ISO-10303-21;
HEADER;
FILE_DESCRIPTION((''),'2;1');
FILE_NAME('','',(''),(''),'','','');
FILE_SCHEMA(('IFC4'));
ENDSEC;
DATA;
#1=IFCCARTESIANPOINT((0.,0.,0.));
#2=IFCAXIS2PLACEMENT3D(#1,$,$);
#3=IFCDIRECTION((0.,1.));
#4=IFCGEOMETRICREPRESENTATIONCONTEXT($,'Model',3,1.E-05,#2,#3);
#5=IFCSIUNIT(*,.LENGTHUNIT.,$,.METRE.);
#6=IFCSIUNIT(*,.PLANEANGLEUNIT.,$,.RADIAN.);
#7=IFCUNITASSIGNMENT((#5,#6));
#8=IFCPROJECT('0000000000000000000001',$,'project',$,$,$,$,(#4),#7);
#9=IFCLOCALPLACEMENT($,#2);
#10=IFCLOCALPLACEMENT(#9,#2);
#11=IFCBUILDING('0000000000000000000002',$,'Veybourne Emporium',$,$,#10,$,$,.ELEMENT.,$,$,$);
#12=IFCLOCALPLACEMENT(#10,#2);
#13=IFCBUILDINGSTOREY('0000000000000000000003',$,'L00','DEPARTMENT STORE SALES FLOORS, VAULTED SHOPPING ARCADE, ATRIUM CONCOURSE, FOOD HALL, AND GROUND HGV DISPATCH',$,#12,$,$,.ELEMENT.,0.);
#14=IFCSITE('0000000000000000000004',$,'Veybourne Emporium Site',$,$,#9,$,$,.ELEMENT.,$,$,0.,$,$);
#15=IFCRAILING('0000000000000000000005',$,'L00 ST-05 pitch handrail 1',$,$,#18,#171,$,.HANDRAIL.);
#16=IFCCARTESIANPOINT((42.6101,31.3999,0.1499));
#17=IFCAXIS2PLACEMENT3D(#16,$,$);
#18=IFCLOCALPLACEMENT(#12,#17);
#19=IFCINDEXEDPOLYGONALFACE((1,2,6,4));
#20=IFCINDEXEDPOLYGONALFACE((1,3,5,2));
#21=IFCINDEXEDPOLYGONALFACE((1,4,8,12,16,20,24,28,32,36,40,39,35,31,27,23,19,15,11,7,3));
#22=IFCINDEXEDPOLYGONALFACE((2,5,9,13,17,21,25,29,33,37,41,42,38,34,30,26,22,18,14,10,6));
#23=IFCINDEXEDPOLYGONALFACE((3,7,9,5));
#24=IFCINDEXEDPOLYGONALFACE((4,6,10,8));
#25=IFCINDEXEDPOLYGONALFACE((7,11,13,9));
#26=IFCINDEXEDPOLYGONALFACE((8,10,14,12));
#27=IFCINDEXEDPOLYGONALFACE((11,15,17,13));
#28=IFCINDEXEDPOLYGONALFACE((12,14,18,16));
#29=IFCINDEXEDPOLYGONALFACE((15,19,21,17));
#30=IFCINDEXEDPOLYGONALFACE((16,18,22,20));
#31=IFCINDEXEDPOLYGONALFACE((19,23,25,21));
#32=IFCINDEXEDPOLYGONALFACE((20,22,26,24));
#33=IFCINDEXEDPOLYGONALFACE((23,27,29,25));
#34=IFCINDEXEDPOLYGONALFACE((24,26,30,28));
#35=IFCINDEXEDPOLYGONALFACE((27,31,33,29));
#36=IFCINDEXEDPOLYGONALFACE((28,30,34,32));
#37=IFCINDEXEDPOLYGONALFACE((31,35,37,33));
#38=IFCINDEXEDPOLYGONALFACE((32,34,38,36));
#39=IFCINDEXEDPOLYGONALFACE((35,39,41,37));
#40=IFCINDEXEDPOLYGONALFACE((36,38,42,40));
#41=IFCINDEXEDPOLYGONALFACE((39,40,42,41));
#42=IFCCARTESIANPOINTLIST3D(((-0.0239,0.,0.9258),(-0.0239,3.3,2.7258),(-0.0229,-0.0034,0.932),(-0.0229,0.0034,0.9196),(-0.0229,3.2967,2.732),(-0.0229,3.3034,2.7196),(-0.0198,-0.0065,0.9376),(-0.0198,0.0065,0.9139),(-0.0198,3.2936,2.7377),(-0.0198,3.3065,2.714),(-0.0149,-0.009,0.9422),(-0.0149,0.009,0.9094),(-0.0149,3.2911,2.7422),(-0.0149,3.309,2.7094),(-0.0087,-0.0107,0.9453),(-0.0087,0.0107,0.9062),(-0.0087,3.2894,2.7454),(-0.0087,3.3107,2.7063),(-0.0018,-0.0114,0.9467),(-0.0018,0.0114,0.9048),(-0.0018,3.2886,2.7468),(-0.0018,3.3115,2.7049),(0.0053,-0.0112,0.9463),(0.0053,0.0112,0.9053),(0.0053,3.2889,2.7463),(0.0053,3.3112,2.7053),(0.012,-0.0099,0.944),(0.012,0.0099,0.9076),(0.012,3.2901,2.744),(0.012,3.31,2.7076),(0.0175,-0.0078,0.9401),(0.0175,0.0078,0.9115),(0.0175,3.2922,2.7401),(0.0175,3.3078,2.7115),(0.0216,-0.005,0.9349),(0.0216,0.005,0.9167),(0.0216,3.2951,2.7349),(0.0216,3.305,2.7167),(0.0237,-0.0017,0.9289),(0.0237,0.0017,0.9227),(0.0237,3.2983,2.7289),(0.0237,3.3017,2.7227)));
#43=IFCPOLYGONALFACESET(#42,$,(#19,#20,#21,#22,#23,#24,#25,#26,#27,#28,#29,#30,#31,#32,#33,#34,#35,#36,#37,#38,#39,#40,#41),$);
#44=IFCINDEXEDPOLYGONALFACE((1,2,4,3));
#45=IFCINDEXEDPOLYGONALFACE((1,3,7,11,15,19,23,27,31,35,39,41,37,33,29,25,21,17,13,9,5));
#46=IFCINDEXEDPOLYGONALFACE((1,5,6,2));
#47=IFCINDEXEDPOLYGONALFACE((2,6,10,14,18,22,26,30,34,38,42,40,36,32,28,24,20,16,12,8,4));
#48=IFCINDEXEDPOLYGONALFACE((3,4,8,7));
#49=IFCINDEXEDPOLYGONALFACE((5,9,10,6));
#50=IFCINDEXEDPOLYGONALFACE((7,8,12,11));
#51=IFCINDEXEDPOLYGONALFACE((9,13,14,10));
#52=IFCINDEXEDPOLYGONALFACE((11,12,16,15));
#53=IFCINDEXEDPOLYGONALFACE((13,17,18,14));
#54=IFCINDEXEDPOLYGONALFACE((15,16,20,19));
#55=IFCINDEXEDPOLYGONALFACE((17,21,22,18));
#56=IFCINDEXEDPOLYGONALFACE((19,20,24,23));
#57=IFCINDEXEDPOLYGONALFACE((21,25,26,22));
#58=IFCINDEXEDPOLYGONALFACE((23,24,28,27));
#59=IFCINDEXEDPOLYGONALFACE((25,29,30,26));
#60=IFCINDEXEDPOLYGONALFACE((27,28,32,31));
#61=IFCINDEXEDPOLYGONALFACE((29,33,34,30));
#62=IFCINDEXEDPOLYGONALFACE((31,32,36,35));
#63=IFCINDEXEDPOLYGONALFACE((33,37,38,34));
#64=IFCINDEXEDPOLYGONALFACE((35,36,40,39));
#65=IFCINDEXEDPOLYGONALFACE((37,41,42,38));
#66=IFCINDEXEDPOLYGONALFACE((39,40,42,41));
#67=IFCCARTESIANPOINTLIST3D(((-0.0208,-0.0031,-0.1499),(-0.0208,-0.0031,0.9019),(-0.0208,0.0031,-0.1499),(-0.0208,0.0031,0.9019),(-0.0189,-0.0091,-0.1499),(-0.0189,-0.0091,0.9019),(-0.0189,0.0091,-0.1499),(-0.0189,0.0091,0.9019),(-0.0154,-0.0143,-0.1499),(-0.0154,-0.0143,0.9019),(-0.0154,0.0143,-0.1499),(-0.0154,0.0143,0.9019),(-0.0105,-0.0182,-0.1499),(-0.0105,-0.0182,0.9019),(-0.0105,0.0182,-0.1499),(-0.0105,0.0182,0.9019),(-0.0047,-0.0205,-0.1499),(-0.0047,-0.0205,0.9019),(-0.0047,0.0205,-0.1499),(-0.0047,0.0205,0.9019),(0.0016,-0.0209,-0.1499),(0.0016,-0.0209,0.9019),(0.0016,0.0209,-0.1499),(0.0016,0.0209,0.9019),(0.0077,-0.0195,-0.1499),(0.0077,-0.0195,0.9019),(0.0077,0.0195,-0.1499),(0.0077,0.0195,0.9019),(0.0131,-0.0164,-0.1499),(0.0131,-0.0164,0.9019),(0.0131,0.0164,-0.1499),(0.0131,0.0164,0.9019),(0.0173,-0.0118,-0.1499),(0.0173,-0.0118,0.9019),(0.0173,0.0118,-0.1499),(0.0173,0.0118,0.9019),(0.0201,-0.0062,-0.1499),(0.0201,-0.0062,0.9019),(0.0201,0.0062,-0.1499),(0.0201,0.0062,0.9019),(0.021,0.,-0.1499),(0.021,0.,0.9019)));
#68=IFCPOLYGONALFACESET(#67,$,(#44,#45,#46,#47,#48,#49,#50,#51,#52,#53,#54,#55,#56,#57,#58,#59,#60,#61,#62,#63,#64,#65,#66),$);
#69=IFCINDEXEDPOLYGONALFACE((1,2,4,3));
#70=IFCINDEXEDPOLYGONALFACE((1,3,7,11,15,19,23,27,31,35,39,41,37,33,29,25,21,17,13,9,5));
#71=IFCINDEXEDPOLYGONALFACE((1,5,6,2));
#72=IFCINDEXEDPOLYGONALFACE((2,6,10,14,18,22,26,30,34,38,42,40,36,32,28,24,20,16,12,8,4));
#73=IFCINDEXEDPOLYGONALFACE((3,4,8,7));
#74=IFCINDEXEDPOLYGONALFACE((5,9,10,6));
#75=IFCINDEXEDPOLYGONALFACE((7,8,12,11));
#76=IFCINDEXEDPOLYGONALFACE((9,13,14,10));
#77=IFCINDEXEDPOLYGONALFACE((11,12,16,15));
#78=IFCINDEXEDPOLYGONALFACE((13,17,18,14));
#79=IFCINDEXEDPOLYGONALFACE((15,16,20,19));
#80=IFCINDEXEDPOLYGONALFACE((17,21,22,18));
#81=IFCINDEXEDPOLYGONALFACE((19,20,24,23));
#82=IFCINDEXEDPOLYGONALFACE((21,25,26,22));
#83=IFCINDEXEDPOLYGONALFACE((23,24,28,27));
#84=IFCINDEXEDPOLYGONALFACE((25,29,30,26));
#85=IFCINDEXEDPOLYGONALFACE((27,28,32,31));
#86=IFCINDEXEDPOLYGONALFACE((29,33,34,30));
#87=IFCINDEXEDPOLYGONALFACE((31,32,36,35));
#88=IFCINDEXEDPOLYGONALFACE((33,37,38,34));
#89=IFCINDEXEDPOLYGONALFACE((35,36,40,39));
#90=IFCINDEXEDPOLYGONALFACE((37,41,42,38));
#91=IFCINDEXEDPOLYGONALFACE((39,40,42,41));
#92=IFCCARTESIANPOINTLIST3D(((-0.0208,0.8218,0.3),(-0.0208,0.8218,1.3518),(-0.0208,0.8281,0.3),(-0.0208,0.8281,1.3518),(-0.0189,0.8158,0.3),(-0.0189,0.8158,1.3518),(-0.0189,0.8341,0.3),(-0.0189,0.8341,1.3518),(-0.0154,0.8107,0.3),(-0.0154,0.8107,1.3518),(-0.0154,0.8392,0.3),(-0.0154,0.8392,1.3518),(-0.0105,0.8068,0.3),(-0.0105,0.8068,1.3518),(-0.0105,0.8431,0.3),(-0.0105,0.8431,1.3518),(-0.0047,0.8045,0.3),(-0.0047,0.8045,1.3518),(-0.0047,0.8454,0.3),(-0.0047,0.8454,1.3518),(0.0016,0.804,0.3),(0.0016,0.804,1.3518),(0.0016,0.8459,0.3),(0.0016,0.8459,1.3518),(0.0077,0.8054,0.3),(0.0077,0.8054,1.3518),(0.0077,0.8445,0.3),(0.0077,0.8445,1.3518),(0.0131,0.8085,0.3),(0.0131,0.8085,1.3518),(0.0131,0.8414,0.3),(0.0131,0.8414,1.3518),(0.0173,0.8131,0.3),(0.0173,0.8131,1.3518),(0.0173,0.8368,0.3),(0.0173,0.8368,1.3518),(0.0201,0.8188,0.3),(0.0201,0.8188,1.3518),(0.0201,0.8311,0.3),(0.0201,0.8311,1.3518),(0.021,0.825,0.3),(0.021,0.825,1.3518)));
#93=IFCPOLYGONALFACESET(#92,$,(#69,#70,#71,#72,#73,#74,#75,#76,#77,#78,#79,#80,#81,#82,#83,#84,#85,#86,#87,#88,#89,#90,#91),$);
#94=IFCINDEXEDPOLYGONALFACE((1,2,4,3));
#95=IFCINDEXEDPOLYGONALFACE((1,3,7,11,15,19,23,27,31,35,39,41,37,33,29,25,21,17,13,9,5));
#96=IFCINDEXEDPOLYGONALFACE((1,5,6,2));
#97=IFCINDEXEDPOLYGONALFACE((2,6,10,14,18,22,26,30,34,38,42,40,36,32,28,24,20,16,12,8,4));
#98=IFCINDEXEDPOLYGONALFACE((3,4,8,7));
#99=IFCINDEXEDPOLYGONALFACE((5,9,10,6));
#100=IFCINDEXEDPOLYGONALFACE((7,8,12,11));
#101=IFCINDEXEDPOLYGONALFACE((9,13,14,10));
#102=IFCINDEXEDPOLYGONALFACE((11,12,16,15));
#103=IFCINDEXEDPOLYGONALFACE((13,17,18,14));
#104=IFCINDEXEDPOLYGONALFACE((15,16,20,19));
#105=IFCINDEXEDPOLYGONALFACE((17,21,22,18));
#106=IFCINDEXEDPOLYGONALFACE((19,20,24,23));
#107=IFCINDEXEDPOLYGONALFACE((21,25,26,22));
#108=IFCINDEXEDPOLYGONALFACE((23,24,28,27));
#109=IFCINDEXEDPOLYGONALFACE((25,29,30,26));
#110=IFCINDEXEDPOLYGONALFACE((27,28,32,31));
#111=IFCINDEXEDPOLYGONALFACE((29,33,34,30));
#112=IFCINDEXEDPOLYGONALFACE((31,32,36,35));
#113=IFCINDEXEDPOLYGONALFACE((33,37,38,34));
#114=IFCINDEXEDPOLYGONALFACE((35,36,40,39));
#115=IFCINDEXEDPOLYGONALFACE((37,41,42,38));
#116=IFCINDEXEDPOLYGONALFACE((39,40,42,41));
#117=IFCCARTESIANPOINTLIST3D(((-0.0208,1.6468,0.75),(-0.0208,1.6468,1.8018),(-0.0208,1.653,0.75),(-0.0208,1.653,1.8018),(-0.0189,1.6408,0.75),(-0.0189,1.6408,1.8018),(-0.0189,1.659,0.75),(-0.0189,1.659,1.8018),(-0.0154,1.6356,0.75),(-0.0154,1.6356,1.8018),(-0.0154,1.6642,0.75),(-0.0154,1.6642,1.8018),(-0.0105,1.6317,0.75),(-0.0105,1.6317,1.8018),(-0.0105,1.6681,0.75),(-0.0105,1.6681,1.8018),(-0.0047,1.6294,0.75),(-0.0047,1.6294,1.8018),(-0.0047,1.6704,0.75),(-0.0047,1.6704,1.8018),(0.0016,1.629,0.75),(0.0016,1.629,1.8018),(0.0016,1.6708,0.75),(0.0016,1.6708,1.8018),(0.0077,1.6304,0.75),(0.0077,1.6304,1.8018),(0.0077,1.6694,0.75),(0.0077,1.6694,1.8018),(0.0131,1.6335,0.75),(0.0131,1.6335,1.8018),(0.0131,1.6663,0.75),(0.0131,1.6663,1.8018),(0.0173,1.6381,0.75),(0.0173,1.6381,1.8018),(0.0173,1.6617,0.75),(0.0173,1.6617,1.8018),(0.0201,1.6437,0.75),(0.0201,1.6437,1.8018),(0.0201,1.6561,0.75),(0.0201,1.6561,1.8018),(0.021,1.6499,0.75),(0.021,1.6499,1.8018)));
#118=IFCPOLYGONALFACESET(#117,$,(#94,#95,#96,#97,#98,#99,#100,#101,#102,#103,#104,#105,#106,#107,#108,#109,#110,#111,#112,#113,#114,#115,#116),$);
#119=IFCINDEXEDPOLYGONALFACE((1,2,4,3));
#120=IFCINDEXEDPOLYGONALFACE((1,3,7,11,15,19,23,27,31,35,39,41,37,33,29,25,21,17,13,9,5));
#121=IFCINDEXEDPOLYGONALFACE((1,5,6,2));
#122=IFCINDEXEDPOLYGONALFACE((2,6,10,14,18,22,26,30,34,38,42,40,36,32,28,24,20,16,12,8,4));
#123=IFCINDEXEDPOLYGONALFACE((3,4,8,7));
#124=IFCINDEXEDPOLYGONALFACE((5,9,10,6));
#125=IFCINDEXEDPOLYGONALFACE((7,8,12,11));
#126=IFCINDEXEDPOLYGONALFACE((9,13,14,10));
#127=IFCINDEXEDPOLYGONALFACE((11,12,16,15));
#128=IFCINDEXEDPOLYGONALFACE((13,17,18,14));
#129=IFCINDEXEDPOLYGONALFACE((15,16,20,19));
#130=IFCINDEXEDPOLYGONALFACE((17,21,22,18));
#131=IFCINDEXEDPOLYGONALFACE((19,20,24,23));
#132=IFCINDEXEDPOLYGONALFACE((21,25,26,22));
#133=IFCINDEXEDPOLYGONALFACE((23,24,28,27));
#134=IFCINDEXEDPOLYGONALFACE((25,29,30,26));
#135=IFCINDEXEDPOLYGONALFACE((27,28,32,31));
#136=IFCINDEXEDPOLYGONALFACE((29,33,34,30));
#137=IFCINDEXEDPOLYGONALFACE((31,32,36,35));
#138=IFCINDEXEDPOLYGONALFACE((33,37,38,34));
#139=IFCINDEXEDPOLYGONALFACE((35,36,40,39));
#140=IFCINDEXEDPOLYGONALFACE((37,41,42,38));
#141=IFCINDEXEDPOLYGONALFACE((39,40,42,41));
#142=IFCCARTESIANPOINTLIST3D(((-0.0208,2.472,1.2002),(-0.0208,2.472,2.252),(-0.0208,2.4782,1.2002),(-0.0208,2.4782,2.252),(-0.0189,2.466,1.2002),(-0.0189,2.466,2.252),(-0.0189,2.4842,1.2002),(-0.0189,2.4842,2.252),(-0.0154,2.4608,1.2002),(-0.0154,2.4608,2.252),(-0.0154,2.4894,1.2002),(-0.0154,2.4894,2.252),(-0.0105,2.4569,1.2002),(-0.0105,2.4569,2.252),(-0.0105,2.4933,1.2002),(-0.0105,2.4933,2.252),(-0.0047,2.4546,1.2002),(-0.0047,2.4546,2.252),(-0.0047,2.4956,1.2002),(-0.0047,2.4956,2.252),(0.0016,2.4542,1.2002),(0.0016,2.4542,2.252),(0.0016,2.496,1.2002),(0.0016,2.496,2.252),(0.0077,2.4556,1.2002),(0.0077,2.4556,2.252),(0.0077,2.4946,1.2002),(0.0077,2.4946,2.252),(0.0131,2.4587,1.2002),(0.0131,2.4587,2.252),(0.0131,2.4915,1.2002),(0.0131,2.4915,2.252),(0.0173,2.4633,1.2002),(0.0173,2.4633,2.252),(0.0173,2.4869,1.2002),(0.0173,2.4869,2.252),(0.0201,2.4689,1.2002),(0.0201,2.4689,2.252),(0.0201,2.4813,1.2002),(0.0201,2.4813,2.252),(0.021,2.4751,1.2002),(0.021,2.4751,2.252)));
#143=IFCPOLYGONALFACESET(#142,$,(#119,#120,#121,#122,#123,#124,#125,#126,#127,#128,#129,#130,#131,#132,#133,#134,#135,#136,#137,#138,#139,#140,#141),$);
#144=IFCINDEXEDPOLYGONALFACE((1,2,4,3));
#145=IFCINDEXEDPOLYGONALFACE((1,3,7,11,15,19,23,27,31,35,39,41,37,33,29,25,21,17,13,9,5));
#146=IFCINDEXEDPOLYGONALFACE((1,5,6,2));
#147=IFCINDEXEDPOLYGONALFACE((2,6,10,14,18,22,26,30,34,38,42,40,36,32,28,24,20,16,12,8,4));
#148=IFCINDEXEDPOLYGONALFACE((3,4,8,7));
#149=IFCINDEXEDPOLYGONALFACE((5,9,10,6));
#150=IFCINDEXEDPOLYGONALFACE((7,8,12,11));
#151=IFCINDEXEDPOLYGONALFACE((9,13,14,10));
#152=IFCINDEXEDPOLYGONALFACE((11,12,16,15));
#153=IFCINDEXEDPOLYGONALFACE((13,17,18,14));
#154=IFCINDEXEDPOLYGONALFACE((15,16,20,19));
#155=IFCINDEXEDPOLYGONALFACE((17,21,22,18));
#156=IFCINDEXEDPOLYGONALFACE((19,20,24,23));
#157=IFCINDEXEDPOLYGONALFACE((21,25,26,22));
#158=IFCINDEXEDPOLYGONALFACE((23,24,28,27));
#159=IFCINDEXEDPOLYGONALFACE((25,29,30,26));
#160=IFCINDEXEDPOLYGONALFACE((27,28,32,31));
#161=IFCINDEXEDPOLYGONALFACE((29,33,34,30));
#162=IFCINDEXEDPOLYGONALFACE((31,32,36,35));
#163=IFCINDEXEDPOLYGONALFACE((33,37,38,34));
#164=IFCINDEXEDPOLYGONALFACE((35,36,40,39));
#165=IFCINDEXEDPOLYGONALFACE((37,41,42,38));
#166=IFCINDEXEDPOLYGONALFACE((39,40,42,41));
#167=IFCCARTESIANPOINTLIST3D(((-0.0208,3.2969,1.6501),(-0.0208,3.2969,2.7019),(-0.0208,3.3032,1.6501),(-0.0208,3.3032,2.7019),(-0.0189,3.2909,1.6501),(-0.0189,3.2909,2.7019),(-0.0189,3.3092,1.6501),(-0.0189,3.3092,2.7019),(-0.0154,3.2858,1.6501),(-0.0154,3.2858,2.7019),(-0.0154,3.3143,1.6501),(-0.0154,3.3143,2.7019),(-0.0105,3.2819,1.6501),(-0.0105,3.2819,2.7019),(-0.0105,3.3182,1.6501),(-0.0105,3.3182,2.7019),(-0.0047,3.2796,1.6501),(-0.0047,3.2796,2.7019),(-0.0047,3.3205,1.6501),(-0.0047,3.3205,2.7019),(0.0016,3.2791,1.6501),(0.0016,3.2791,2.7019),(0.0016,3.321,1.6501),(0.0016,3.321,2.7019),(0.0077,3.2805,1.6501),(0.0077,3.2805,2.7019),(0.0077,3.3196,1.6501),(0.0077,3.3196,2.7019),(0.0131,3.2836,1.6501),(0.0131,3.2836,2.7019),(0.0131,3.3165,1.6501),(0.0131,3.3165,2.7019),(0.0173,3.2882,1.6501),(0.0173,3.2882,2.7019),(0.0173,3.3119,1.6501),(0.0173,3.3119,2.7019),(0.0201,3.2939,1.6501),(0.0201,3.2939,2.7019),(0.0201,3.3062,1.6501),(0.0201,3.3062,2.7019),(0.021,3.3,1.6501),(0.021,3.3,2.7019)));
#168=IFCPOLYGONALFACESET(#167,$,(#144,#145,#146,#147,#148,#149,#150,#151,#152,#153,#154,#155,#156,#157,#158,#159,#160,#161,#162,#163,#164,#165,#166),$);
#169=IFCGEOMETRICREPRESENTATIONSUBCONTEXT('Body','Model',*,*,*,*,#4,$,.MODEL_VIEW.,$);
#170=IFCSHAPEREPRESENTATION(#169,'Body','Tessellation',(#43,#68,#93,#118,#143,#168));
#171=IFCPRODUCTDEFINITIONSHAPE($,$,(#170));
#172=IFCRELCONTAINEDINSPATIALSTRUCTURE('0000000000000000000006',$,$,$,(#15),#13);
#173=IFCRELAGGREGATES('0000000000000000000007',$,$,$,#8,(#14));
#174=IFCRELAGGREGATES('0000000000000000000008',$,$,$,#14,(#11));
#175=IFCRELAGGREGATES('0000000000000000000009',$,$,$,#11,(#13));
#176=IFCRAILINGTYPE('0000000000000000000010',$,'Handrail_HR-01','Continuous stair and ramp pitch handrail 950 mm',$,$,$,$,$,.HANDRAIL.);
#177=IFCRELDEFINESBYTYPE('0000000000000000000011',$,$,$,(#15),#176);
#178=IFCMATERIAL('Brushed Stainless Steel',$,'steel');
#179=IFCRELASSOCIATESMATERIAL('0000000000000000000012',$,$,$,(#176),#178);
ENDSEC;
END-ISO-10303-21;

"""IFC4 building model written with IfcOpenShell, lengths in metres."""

from ifc_helpers import new_model, si_unit, direction, frame, origin, origin_2d, place, context, subcontext, project, spatial, circle, extrude, material, type_object, element, save


model = new_model("IFC4")

# Units and contexts
model_context = context("Model", 3, precision=1e-05, world=origin(), true_north=direction((0.0, 1.0)))
body_context = subcontext(model_context, "Body", "Model", "MODEL_VIEW")
ifc_project = project(units=[si_unit("LENGTHUNIT", "METRE"), si_unit("PLANEANGLEUNIT", "RADIAN")], contexts=[model_context])

# Site, building, storey
site_placement = place(None, origin())
site = spatial("IfcSite", under=ifc_project, at=site_placement, Name="Veybourne Emporium Site", CompositionType="ELEMENT", RefElevation=0.0)
building_placement = place(site_placement, origin())
building = spatial("IfcBuilding", under=site, at=building_placement, Name="Veybourne Emporium", CompositionType="ELEMENT")
storey_placement = place(building_placement, origin())
storey = spatial("IfcBuildingStorey", under=building, at=storey_placement, Name="L00", Description="DEPARTMENT STORE SALES FLOORS, VAULTED SHOPPING ARCADE, ATRIUM CONCOURSE, FOOD HALL, AND GROUND HGV DISPATCH", CompositionType="ELEMENT", Elevation=0.0)

# Railing
ifc_material_1 = material(Name="Brushed Stainless Steel", Category="steel")
railing_type_1 = type_object("IfcRailingType", Name="Handrail_HR-01", Description="Continuous stair and ramp pitch handrail 950 mm", PredefinedType="HANDRAIL", material=ifc_material_1)
railing_1_placement = place(storey_placement, frame((42.6101, 31.3999, 0.1499)))
element("IfcRailing", 1, at=railing_1_placement, inside=storey, type_object=railing_type_1, Name="L00 ST-05 pitch handrail 1", PredefinedType="HANDRAIL", context=body_context, shape_type="SweptSolid", body=[
    extrude(circle(Radius=0.0239, at=origin_2d()), frame((0.0, 0.0, 0.9258), z_axis=(0.0, 0.877893, 0.478857), x_axis=(-1.0, 0.0, 0.0)), (0.0, 0.0, 1.0), 3.759),
    extrude(circle(Radius=0.021, at=origin_2d()), frame((0.0, 0.0, -0.1499)), (0.0, 0.0, 1.0), 1.0518),
    extrude(circle(Radius=0.021, at=origin_2d()), frame((0.0, 0.825, 0.3)), (0.0, 0.0, 1.0), 1.0518),
    extrude(circle(Radius=0.021, at=origin_2d()), frame((0.0, 1.6499, 0.75)), (0.0, 0.0, 1.0), 1.0518),
    extrude(circle(Radius=0.021, at=origin_2d()), frame((0.0, 2.4751, 1.2002)), (0.0, 0.0, 1.0), 1.0518),
    extrude(circle(Radius=0.021, at=origin_2d()), frame((0.0, 3.3, 1.6501)), (0.0, 0.0, 1.0), 1.0518),
])

save(model, "model.ifc")
